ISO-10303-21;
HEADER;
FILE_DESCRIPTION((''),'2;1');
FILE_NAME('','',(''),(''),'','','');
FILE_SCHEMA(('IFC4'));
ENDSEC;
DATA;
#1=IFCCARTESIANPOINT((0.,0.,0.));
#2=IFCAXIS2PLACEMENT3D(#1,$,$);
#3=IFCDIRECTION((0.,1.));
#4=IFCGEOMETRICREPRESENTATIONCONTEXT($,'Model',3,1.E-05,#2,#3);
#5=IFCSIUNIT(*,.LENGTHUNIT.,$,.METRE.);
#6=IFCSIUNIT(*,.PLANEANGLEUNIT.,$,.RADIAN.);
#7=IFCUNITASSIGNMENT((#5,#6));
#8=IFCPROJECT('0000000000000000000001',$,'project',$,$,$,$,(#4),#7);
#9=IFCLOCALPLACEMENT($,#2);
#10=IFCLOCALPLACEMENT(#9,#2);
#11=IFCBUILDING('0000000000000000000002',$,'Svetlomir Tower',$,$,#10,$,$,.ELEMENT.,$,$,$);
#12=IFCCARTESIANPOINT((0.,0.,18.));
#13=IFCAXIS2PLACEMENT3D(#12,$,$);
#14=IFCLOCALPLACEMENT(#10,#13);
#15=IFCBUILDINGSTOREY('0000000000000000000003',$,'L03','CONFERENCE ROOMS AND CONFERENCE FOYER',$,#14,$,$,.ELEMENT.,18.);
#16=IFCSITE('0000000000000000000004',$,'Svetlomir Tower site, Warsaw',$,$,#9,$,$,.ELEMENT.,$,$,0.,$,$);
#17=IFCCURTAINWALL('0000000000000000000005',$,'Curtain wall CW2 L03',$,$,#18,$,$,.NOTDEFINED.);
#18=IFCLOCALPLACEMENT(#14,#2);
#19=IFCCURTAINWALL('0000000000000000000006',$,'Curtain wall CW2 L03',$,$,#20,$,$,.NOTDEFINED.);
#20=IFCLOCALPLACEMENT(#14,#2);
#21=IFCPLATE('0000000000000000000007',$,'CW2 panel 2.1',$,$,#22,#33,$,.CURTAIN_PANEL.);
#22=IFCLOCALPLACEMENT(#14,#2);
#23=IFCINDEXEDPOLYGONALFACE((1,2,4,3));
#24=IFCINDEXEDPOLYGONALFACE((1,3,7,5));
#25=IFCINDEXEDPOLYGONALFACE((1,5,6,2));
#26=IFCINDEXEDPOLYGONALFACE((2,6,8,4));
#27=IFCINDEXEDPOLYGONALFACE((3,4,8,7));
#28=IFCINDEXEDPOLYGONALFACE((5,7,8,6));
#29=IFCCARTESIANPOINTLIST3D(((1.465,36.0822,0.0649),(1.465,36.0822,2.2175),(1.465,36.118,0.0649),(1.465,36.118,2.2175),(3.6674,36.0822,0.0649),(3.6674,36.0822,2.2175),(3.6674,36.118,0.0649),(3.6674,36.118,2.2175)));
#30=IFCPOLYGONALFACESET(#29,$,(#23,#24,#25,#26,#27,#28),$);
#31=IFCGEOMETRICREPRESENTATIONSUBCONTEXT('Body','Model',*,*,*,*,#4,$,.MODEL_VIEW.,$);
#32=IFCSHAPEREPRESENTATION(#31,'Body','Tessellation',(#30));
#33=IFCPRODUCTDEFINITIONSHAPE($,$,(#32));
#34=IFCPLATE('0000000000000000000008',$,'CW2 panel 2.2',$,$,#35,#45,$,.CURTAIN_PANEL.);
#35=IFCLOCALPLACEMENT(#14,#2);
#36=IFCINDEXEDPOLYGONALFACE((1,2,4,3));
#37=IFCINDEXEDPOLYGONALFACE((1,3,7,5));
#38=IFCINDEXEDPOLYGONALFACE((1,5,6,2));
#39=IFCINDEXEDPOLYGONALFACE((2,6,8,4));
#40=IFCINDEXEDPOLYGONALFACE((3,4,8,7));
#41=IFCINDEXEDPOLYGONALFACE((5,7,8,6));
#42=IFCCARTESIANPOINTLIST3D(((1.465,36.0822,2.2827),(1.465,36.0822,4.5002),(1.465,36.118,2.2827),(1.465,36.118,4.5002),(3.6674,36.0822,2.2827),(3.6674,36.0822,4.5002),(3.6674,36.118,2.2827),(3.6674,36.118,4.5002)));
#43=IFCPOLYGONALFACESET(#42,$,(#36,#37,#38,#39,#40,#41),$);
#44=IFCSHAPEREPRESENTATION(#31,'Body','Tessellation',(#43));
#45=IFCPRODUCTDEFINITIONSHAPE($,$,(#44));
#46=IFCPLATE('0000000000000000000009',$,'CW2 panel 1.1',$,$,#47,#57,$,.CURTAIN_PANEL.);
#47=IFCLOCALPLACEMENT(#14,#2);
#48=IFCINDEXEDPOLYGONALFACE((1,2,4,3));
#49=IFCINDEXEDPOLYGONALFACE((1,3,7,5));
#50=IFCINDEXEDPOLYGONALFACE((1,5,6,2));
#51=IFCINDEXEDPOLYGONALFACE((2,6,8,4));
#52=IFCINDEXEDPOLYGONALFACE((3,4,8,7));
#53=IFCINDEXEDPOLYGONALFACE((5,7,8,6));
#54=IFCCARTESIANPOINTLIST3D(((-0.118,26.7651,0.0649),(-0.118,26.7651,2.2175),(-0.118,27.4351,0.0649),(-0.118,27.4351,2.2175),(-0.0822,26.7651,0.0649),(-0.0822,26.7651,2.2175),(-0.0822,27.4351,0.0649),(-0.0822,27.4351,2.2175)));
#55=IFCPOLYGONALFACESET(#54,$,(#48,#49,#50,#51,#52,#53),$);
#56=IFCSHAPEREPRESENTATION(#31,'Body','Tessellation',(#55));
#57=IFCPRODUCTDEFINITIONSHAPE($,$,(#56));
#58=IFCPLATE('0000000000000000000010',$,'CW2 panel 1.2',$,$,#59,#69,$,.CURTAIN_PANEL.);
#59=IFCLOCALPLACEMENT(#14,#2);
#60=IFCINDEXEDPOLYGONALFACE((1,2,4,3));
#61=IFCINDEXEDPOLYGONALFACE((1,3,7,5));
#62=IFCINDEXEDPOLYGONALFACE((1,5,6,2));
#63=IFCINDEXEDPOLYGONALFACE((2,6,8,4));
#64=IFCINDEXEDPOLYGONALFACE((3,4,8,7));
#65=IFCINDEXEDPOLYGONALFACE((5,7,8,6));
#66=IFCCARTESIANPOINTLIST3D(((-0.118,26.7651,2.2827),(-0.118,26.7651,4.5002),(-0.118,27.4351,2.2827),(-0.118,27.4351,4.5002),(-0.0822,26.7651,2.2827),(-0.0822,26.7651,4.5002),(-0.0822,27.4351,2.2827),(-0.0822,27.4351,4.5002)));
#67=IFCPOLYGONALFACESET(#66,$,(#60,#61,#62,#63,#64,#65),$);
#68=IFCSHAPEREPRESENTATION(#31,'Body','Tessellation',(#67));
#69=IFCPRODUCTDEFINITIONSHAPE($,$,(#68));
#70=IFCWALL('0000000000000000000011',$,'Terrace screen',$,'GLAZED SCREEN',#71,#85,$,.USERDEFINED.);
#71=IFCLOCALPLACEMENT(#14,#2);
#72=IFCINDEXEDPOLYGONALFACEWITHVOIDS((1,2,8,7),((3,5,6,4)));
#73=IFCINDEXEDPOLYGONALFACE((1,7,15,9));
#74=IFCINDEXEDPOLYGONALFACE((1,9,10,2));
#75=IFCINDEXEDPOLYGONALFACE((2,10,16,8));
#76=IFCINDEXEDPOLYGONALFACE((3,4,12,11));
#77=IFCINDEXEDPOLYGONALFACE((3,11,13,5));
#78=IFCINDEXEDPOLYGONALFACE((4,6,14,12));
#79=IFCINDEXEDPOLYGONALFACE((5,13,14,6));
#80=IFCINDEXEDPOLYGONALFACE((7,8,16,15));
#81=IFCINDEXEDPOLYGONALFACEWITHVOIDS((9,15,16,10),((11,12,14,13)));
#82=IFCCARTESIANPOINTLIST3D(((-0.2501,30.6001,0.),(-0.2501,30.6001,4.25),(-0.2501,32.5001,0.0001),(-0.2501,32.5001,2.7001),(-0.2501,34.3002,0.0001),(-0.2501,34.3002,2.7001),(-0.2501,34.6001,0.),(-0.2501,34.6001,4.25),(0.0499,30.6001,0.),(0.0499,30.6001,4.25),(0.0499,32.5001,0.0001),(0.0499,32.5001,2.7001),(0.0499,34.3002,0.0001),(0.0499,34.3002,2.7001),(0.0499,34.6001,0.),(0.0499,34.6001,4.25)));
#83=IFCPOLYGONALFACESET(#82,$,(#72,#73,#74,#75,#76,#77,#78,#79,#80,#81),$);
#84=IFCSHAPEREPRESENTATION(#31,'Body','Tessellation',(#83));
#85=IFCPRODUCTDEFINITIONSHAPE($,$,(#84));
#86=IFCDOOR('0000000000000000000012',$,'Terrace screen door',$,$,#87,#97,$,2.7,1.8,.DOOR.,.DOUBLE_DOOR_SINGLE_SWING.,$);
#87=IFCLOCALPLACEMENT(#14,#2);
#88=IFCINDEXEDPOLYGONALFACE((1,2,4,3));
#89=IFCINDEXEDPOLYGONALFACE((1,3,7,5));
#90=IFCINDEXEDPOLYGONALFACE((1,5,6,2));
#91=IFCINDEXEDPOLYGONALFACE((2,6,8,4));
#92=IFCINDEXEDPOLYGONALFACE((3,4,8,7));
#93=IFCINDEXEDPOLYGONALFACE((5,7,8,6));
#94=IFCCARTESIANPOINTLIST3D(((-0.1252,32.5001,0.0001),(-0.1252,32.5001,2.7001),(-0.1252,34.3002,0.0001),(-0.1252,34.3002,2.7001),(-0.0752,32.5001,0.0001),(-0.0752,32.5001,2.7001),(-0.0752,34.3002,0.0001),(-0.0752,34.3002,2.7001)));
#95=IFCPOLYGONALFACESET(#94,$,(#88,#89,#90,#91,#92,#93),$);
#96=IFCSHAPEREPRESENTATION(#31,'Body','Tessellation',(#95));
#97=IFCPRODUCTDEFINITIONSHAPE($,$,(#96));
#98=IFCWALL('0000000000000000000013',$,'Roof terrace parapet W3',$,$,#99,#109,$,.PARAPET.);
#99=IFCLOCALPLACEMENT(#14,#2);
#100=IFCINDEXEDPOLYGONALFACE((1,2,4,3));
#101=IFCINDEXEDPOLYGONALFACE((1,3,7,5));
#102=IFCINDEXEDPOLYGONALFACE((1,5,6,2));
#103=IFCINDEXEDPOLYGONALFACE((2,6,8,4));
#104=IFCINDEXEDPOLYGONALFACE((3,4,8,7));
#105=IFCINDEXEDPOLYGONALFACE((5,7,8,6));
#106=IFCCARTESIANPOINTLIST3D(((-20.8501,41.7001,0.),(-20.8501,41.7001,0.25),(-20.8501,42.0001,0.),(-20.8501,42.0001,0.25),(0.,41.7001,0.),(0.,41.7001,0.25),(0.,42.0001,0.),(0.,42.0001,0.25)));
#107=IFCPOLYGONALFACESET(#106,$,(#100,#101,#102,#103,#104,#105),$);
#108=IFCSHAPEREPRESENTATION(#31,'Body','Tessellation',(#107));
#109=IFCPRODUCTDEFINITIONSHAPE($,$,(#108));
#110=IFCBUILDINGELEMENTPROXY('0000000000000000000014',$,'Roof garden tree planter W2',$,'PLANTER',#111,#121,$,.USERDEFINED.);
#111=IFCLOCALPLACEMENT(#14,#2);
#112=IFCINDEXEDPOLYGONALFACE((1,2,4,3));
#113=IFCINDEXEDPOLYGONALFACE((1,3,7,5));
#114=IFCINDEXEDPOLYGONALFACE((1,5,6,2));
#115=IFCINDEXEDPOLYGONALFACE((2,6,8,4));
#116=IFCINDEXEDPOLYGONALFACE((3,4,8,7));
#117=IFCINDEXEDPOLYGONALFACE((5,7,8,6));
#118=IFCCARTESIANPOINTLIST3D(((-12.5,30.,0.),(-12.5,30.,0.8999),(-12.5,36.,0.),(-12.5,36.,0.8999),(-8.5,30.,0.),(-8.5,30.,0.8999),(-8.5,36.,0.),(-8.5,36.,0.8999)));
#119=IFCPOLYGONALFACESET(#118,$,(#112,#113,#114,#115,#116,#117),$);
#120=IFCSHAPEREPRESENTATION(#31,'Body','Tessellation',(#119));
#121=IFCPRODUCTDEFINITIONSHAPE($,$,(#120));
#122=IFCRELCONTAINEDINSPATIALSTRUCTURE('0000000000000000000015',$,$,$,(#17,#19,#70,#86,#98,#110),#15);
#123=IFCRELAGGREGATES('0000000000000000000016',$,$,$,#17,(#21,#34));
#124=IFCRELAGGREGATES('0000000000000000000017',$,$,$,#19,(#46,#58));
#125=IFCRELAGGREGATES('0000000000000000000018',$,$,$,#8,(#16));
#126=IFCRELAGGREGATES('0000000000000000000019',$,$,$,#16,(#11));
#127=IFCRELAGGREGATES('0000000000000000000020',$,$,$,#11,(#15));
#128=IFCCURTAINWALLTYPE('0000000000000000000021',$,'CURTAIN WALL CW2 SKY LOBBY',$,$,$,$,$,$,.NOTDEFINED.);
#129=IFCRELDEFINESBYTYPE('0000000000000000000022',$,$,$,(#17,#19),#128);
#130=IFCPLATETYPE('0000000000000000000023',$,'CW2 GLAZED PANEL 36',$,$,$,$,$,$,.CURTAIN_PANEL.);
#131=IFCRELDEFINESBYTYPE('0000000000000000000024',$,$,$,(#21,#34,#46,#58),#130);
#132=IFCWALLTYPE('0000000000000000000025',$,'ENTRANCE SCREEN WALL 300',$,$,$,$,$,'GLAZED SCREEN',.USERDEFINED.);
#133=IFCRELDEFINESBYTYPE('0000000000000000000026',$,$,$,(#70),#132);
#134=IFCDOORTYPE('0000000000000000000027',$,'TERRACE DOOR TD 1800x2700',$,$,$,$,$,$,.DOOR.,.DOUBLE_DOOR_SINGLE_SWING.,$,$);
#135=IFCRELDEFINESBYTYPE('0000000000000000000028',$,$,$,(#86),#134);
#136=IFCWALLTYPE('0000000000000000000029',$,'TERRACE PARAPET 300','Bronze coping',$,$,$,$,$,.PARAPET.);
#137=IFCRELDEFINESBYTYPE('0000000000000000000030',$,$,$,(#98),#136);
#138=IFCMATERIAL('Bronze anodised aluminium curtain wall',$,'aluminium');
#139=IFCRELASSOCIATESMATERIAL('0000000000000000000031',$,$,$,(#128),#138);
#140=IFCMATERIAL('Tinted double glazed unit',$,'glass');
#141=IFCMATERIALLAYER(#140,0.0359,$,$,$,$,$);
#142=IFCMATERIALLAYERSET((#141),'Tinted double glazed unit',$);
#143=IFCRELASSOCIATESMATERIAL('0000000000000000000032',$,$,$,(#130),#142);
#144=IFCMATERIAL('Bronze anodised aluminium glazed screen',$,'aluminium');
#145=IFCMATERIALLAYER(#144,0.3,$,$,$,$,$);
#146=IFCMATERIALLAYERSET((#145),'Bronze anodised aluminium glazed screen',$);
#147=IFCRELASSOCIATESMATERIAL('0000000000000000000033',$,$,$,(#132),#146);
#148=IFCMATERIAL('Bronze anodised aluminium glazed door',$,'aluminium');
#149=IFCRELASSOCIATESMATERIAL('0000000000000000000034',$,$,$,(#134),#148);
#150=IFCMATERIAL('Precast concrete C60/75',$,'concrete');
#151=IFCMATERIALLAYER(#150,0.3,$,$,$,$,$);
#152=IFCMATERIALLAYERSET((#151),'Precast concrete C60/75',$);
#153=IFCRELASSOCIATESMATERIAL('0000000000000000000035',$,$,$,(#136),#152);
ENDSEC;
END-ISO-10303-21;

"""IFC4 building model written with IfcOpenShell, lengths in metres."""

from ifc_helpers import new_model, si_unit, direction, frame, frame_2d, origin, origin_2d, place, context, subcontext, project, spatial, rectangle, extrude, material, layer, layer_set, type_object, element, fill, aggregate, save


model = new_model("IFC4")

# Units and contexts
model_context = context("Model", 3, precision=1e-05, world=origin(), true_north=direction((0.0, 1.0)))
body_context = subcontext(model_context, "Body", "Model", "MODEL_VIEW")
ifc_project = project(units=[si_unit("LENGTHUNIT", "METRE"), si_unit("PLANEANGLEUNIT", "RADIAN")], contexts=[model_context])

# Site, building, storey
site_placement = place(None, origin())
site = spatial("IfcSite", under=ifc_project, at=site_placement, Name="Svetlomir Tower site, Warsaw", CompositionType="ELEMENT", RefElevation=0.0)
building_placement = place(site_placement, origin())
building = spatial("IfcBuilding", under=site, at=building_placement, Name="Svetlomir Tower", CompositionType="ELEMENT")
storey_placement = place(building_placement, frame((0.0, 0.0, 18.0)))
storey = spatial("IfcBuildingStorey", under=building, at=storey_placement, Name="L03", Description="CONFERENCE ROOMS AND CONFERENCE FOYER", CompositionType="ELEMENT", Elevation=18.0)

# Shared definitions
ifc_material_1 = material(Name="Bronze anodised aluminium curtain wall", Category="aluminium")
curtain_wall_type = type_object("IfcCurtainWallType", Name="CURTAIN WALL CW2 SKY LOBBY", PredefinedType="NOTDEFINED", material=ifc_material_1)

# Curtain walls
curtain_wall_1_placement = place(storey_placement, origin())
curtain_wall_1 = element("IfcCurtainWall", 1, at=curtain_wall_1_placement, inside=storey, type_object=curtain_wall_type, Name="Curtain wall CW2 L03", PredefinedType="NOTDEFINED")
curtain_wall_2_placement = place(storey_placement, origin())
curtain_wall_2 = element("IfcCurtainWall", 2, at=curtain_wall_2_placement, inside=storey, type_object=curtain_wall_type, Name="Curtain wall CW2 L03", PredefinedType="NOTDEFINED")

# Plates
ifc_material_2 = material(Name="Tinted double glazed unit", Category="glass")
ifc_layer_1 = layer(ifc_material_2, 0.0359)
ifc_layer_set_1 = layer_set([ifc_layer_1], Name="Tinted double glazed unit")
plate_type = type_object("IfcPlateType", Name="CW2 GLAZED PANEL 36", PredefinedType="CURTAIN_PANEL", material=ifc_layer_set_1)
plate_1_placement = place(storey_placement, frame((2.5662, 36.1001, 0.0649), z_axis=(0.0, 0.0, 1.0), x_axis=(-1.0, 0.0, 0.0)))
plate_1 = element("IfcPlate", 3, at=plate_1_placement, type_object=plate_type, Name="CW2 panel 2.1", PredefinedType="CURTAIN_PANEL", context=body_context, shape_type="SweptSolid", body=[
    extrude(rectangle(XDim=2.2024, YDim=0.0359, at=origin_2d()), origin(), (0.0, 0.0, 1.0), 2.1526),
])
plate_2_placement = place(storey_placement, frame((2.5662, 36.1001, 2.2827), z_axis=(0.0, 0.0, 1.0), x_axis=(-1.0, 0.0, 0.0)))
plate_2 = element("IfcPlate", 4, at=plate_2_placement, type_object=plate_type, Name="CW2 panel 2.2", PredefinedType="CURTAIN_PANEL", context=body_context, shape_type="SweptSolid", body=[
    extrude(rectangle(XDim=2.2024, YDim=0.0359, at=origin_2d()), origin(), (0.0, 0.0, 1.0), 2.2175),
])
aggregate(curtain_wall_1, [plate_1, plate_2])
plate_3_placement = place(storey_placement, frame((-0.1001, 27.1001, 0.0649), z_axis=(0.0, 0.0, 1.0), x_axis=(0.0, -1.0, 0.0)))
plate_3 = element("IfcPlate", 5, at=plate_3_placement, type_object=plate_type, Name="CW2 panel 1.1", PredefinedType="CURTAIN_PANEL", context=body_context, shape_type="SweptSolid", body=[
    extrude(rectangle(XDim=0.6699, YDim=0.0359, at=origin_2d()), origin(), (0.0, 0.0, 1.0), 2.1526),
])
plate_4_placement = place(storey_placement, frame((-0.1001, 27.1001, 2.2827), z_axis=(0.0, 0.0, 1.0), x_axis=(0.0, -1.0, 0.0)))
plate_4 = element("IfcPlate", 6, at=plate_4_placement, type_object=plate_type, Name="CW2 panel 1.2", PredefinedType="CURTAIN_PANEL", context=body_context, shape_type="SweptSolid", body=[
    extrude(rectangle(XDim=0.6699, YDim=0.0359, at=origin_2d()), origin(), (0.0, 0.0, 1.0), 2.2175),
])
aggregate(curtain_wall_2, [plate_3, plate_4])

# Wall, opening, door
ifc_material_3 = material(Name="Bronze anodised aluminium glazed screen", Category="aluminium")
ifc_layer_2 = layer(ifc_material_3, 0.3)
ifc_layer_set_2 = layer_set([ifc_layer_2], Name="Bronze anodised aluminium glazed screen")
wall_type_1 = type_object("IfcWallType", Name="ENTRANCE SCREEN WALL 300", ElementType="GLAZED SCREEN", PredefinedType="USERDEFINED", material=ifc_layer_set_2)
wall_1_placement = place(storey_placement, frame((-0.1001, 34.6001, 0.0), z_axis=(0.0, 0.0, 1.0), x_axis=(0.0, -1.0, 0.0)))
wall_1 = element("IfcWall", 7, at=wall_1_placement, inside=storey, type_object=wall_type_1, Name="Terrace screen", ObjectType="GLAZED SCREEN", PredefinedType="USERDEFINED", context=body_context, shape_type="SweptSolid", body=[
    extrude(rectangle(XDim=4.0, YDim=0.3, at=frame_2d((2.0, 0.0))), origin(), (0.0, 0.0, 1.0), 4.25),
])
opening_placement = place(wall_1_placement, frame((0.3, 0.0, 0.0)))
opening = element("IfcOpeningElement", 8, at=opening_placement, cuts=wall_1, PredefinedType="OPENING", context=body_context, shape_type="SweptSolid", body=[
    extrude(rectangle(XDim=1.8, YDim=2.7, at=frame_2d((0.8999, 1.3501))), frame((0.0, 0.1602, 0.0), z_axis=(0.0, -1.0, 0.0), x_axis=(1.0, 0.0, 0.0)), (0.0, 0.0, 1.0), 0.3201),
])
ifc_material_4 = material(Name="Bronze anodised aluminium glazed door", Category="aluminium")
door_type = type_object("IfcDoorType", Name="TERRACE DOOR TD 1800x2700", OperationType="DOUBLE_DOOR_SINGLE_SWING", PredefinedType="DOOR", material=ifc_material_4)
door_placement = place(opening_placement, origin())
door = element("IfcDoor", 9, at=door_placement, inside=storey, type_object=door_type, Name="Terrace screen door", OperationType="DOUBLE_DOOR_SINGLE_SWING", OverallHeight=2.7, OverallWidth=1.8, PredefinedType="DOOR", context=body_context, shape_type="SweptSolid", body=[
    extrude(rectangle(XDim=1.8, YDim=2.7, at=frame_2d((0.8999, 1.3501))), frame((0.0, 0.0249, 0.0), z_axis=(0.0, -1.0, 0.0), x_axis=(1.0, 0.0, 0.0)), (0.0, 0.0, 1.0), 0.05),
])
fill(opening, door)

# Wall
ifc_material_5 = material(Name="Precast concrete C60/75", Category="concrete")
ifc_layer_3 = layer(ifc_material_5, 0.3)
ifc_layer_set_3 = layer_set([ifc_layer_3], Name="Precast concrete C60/75")
wall_type_2 = type_object("IfcWallType", Name="TERRACE PARAPET 300", Description="Bronze coping", PredefinedType="PARAPET", material=ifc_layer_set_3)
wall_2_placement = place(storey_placement, frame((-20.8501, 41.8501, 0.0), z_axis=(0.0, 0.0, 1.0), x_axis=(1.0, 0.0, 0.0)))
element("IfcWall", 10, at=wall_2_placement, inside=storey, type_object=wall_type_2, Name="Roof terrace parapet W3", PredefinedType="PARAPET", context=body_context, shape_type="SweptSolid", body=[
    extrude(rectangle(XDim=20.8501, YDim=0.3, at=frame_2d((10.425, 0.0))), origin(), (0.0, 0.0, 1.0), 0.25),
])

# Building element proxy
proxy_placement = place(storey_placement, frame((-10.5, 33.0, 0.0), z_axis=(0.0, 0.0, 1.0), x_axis=(1.0, 0.0, 0.0)))
element("IfcBuildingElementProxy", 11, at=proxy_placement, inside=storey, Name="Roof garden tree planter W2", ObjectType="PLANTER", PredefinedType="USERDEFINED", context=body_context, shape_type="SweptSolid", body=[
    extrude(rectangle(XDim=4.0, YDim=6.0, at=origin_2d()), origin(), (0.0, 0.0, 1.0), 0.8999),
])

save(model, "model.ifc")
